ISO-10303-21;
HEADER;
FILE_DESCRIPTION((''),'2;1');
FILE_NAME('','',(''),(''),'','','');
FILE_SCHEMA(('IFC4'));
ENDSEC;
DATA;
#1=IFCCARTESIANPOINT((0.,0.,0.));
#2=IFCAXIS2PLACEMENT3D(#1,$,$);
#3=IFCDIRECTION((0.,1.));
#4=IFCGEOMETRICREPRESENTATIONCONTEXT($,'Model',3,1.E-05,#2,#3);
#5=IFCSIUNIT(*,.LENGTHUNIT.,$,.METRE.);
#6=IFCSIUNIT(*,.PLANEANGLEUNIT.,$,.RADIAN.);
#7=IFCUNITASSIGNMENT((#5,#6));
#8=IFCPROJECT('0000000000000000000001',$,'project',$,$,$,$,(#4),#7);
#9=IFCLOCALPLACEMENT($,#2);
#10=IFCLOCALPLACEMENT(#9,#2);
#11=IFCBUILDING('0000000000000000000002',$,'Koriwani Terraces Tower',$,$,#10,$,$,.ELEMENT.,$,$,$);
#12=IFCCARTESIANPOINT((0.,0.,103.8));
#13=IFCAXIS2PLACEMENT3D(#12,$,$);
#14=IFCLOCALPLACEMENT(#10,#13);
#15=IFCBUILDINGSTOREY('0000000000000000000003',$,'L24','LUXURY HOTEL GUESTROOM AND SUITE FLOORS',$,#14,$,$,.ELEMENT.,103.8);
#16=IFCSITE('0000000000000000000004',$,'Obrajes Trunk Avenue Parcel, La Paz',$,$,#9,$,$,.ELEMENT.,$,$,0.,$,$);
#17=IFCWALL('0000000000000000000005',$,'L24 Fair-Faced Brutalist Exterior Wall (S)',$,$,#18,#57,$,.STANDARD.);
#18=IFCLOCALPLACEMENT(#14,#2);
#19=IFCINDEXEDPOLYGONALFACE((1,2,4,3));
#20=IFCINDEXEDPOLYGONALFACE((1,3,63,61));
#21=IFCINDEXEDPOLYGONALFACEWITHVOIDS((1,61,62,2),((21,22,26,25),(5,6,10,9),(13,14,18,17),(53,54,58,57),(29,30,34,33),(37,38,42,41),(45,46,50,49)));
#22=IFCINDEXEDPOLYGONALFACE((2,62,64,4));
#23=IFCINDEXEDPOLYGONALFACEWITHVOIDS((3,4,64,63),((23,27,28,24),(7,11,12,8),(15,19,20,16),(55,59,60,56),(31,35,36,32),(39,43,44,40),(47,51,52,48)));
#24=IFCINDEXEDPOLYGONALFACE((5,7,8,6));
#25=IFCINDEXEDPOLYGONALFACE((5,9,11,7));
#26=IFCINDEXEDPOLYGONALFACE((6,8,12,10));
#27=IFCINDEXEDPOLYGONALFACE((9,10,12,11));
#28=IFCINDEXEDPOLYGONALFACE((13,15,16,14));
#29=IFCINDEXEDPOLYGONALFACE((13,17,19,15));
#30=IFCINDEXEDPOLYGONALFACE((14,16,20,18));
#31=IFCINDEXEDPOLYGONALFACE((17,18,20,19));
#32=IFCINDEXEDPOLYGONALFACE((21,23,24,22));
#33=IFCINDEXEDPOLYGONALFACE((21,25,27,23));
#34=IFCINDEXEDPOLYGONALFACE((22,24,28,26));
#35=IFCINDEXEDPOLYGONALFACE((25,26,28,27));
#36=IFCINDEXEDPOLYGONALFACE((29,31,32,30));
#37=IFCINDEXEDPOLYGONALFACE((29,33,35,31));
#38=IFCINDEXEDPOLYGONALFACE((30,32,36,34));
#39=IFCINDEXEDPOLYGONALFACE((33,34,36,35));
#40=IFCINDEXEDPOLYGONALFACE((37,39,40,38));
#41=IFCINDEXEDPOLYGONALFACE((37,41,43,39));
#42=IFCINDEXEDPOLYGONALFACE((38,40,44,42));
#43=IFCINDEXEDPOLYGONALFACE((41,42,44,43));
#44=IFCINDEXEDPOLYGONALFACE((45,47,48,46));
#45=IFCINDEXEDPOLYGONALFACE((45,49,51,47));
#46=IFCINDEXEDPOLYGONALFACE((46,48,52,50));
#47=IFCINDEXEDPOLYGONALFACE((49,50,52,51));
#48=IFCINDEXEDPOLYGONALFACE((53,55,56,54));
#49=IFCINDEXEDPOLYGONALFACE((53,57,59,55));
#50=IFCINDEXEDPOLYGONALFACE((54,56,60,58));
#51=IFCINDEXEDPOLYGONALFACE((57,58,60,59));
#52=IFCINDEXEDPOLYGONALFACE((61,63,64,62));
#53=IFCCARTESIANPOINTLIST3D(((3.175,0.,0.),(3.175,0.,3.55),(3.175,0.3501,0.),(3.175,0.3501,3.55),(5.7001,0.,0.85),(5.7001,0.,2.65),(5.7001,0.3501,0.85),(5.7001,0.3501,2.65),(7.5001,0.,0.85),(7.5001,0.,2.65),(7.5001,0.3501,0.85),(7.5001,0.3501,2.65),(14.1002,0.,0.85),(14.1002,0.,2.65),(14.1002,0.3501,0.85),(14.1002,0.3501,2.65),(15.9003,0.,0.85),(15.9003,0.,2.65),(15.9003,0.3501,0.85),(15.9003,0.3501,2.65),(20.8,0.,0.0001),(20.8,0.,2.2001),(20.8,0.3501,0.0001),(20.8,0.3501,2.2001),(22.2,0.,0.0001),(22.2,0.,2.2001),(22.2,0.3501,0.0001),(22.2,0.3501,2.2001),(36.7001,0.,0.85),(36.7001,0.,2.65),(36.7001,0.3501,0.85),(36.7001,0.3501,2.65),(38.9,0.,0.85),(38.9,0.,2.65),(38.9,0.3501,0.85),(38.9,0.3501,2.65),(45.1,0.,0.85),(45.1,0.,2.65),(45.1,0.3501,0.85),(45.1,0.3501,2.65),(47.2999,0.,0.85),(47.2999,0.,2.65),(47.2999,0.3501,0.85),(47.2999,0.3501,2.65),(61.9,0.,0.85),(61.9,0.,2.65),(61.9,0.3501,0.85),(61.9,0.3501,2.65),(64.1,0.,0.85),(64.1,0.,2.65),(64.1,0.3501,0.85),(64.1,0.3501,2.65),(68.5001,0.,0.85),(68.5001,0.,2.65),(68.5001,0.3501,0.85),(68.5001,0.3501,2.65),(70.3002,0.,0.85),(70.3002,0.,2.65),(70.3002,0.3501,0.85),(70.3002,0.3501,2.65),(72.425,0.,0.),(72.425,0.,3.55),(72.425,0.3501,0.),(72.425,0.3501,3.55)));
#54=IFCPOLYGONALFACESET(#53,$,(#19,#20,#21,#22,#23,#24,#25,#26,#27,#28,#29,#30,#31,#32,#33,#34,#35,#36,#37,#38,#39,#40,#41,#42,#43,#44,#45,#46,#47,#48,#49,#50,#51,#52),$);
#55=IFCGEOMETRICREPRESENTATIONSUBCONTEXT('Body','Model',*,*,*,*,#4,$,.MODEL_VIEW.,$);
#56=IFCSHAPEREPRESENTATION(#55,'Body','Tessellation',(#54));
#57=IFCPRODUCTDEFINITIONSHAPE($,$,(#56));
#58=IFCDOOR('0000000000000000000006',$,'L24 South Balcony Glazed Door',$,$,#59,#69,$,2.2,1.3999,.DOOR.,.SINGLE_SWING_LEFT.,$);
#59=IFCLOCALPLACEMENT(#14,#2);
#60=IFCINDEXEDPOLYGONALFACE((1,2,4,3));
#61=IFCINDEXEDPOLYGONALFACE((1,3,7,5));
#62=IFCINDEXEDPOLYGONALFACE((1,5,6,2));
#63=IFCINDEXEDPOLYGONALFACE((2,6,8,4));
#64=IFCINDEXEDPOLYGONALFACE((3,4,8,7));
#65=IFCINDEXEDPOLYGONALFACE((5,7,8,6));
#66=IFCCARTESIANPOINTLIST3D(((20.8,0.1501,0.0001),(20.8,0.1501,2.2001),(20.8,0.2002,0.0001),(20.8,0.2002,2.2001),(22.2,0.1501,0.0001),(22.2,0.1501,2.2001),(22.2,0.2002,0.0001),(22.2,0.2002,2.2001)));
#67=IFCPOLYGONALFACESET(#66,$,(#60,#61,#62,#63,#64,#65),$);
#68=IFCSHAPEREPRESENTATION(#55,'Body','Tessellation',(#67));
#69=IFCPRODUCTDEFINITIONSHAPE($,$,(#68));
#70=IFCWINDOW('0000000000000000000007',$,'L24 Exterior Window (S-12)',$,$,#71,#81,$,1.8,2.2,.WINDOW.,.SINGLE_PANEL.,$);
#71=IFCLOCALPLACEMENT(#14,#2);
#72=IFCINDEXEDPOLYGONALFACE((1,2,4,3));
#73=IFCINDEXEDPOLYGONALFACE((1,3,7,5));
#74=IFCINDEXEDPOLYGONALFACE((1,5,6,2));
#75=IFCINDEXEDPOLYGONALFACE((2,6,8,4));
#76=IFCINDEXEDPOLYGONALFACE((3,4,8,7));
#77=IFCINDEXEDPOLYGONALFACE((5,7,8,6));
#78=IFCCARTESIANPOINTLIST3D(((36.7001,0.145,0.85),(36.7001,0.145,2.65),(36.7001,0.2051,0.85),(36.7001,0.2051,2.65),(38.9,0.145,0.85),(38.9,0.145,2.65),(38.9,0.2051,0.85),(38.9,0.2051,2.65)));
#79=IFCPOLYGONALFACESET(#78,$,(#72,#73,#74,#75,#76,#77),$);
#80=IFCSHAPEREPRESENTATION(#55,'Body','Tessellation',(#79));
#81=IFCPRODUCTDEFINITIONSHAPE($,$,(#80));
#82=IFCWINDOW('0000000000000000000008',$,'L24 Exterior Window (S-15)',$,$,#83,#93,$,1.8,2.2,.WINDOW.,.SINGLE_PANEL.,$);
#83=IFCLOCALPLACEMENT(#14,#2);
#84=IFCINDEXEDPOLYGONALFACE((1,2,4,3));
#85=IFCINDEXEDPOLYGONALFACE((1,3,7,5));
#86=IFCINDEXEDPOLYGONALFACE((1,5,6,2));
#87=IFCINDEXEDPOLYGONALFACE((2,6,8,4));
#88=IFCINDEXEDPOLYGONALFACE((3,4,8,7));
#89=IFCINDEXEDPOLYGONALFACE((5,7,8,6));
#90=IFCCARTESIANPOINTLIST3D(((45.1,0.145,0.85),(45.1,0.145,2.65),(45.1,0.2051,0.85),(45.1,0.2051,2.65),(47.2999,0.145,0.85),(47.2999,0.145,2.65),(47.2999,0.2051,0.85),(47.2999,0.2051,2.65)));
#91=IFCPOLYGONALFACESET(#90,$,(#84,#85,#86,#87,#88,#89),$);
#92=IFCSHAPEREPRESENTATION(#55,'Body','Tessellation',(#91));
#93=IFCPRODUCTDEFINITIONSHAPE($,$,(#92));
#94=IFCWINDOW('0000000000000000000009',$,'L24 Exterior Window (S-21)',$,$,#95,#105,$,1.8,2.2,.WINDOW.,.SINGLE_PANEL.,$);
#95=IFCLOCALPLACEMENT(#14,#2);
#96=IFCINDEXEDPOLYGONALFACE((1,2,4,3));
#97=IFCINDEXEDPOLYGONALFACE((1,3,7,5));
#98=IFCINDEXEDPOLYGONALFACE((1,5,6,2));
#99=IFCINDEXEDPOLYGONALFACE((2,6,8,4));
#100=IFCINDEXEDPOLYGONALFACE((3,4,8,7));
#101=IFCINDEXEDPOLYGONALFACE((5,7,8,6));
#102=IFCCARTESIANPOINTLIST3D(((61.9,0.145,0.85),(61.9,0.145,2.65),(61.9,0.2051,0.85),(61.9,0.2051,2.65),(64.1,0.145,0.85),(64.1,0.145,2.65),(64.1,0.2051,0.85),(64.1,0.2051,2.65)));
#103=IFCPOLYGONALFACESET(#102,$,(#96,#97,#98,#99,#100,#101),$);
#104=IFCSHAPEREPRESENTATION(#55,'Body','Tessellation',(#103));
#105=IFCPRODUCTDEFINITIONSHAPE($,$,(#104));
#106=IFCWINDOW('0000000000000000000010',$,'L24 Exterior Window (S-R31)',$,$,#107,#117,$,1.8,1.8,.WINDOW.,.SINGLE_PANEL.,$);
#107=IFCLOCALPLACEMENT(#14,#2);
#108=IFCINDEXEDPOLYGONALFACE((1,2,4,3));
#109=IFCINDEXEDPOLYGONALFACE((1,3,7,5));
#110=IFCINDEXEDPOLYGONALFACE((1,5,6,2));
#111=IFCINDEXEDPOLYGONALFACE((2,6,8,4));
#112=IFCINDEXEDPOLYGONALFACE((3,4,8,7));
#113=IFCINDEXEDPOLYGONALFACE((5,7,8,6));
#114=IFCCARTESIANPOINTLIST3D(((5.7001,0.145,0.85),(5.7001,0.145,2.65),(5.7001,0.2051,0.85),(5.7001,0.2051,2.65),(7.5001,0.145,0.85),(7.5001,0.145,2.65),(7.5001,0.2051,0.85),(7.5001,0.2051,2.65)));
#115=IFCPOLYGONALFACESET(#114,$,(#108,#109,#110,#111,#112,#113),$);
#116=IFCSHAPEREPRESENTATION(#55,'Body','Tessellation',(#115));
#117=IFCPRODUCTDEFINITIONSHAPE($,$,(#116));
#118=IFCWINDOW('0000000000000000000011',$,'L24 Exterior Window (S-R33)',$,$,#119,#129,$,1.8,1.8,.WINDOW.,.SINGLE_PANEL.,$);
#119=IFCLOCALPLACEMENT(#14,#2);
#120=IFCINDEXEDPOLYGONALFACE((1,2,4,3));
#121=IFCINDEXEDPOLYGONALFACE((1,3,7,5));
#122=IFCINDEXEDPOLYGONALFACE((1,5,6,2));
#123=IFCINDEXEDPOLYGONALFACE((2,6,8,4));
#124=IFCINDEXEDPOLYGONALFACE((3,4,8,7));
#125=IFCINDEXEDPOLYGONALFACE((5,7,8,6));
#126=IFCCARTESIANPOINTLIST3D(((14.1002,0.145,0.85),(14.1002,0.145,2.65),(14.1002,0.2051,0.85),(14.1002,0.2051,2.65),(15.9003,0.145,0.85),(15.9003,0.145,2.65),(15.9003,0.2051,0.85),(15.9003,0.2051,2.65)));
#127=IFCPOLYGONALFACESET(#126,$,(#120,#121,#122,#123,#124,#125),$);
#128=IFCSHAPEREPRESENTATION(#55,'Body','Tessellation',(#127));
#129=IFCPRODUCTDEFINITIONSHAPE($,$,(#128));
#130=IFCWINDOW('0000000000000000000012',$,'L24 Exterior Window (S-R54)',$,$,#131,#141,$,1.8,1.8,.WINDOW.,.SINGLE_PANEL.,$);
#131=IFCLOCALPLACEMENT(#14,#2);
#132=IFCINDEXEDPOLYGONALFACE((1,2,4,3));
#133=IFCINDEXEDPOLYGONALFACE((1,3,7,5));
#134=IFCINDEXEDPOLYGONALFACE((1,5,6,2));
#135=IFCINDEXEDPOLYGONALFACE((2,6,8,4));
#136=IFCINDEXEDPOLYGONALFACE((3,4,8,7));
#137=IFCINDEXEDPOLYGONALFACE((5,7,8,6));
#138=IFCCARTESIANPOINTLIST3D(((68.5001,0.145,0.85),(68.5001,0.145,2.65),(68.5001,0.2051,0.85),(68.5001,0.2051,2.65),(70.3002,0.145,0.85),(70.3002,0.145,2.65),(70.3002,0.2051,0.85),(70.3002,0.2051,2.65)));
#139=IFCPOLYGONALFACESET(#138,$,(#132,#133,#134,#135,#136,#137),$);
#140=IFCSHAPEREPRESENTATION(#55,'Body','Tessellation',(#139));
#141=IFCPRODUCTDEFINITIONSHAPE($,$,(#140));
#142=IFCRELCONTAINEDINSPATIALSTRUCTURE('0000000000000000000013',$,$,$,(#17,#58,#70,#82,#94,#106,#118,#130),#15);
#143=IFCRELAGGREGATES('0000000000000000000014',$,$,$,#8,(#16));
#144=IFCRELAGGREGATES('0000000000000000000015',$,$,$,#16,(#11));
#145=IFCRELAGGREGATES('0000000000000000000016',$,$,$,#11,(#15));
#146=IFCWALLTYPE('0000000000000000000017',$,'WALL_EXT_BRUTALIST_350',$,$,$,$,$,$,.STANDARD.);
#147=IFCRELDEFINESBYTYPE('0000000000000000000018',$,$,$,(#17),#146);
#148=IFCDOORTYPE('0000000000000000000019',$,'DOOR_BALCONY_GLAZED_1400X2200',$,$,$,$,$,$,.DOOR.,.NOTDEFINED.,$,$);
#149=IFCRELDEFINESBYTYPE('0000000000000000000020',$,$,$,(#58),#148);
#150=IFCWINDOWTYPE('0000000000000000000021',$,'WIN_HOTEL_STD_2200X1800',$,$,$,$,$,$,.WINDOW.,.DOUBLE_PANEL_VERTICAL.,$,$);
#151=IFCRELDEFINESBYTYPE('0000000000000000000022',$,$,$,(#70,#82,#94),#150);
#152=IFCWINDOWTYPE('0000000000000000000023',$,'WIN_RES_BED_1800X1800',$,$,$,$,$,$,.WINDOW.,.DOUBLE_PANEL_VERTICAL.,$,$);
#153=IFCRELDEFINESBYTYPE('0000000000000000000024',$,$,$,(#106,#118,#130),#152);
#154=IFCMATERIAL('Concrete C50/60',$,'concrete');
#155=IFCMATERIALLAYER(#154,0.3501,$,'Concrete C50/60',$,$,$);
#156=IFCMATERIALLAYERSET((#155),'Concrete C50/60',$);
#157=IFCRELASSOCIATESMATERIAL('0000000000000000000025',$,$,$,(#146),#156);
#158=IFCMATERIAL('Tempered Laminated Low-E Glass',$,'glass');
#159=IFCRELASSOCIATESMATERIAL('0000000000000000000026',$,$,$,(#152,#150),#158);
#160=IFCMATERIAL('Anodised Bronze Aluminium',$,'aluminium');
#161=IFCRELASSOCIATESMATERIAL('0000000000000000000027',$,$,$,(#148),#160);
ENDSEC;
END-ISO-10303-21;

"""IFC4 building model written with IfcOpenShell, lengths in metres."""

from ifc_helpers import new_model, si_unit, direction, frame, frame_2d, origin, place, context, subcontext, project, spatial, rectangle, extrude, material, layer, layer_set, type_object, element, fill, save


model = new_model("IFC4")

# Units and contexts
model_context = context("Model", 3, precision=1e-05, world=origin(), true_north=direction((0.0, 1.0)))
body_context = subcontext(model_context, "Body", "Model", "MODEL_VIEW")
ifc_project = project(units=[si_unit("LENGTHUNIT", "METRE"), si_unit("PLANEANGLEUNIT", "RADIAN")], contexts=[model_context])

# Site, building, storey
site_placement = place(None, origin())
site = spatial("IfcSite", under=ifc_project, at=site_placement, Name="Obrajes Trunk Avenue Parcel, La Paz", CompositionType="ELEMENT", RefElevation=0.0)
building_placement = place(site_placement, origin())
building = spatial("IfcBuilding", under=site, at=building_placement, Name="Koriwani Terraces Tower", CompositionType="ELEMENT")
storey_placement = place(building_placement, frame((0.0, 0.0, 103.8)))
storey = spatial("IfcBuildingStorey", under=building, at=storey_placement, Name="L24", Description="LUXURY HOTEL GUESTROOM AND SUITE FLOORS", CompositionType="ELEMENT", Elevation=103.8)

# Shared definitions
ifc_material_1 = material(Name="Anodised Bronze Aluminium", Category="aluminium")
ifc_material_2 = material(Name="Tempered Laminated Low-E Glass", Category="glass")

# Shared definitions
ifc_material_3 = material(Name="Concrete C50/60", Category="concrete")
ifc_layer_1 = layer(ifc_material_3, 0.3501, Name="Concrete C50/60")
ifc_layer_set_1 = layer_set([ifc_layer_1], Name="Concrete C50/60")
wall_type = type_object("IfcWallType", Name="WALL_EXT_BRUTALIST_350", PredefinedType="STANDARD", material=ifc_layer_set_1)

# Shared definitions
window_type_1 = type_object("IfcWindowType", Name="WIN_RES_BED_1800X1800", PartitioningType="DOUBLE_PANEL_VERTICAL", PredefinedType="WINDOW", material=ifc_material_2)

# Wall, openings, door, windows
wall_1_placement = place(storey_placement, frame((72.425, 0.175, 0.0), z_axis=(0.0, 0.0, 1.0), x_axis=(-1.0, 0.0, 0.0)))
wall_1 = element("IfcWall", 1, at=wall_1_placement, inside=storey, type_object=wall_type, Name="L24 Fair-Faced Brutalist Exterior Wall (S)", PredefinedType="STANDARD", context=body_context, shape_type="SweptSolid", body=[
    extrude(rectangle(XDim=69.25, YDim=0.3501, at=frame_2d((34.625, 0.0))), origin(), (0.0, 0.0, 1.0), 3.55),
])
opening_1_placement = place(wall_1_placement, frame((50.2251, 0.0, 0.0)))
opening_1 = element("IfcOpeningElement", 2, at=opening_1_placement, cuts=wall_1, PredefinedType="OPENING", context=body_context, shape_type="SweptSolid", body=[
    extrude(rectangle(XDim=1.3999, YDim=2.2, at=frame_2d((0.7, 1.1001))), frame((0.0, 0.1851, 0.0), z_axis=(0.0, -1.0, 0.0), x_axis=(1.0, 0.0, 0.0)), (0.0, 0.0, 1.0), 0.3701),
])
opening_2_placement = place(wall_1_placement, frame((33.5249, 0.0, 0.8501)))
opening_2 = element("IfcOpeningElement", 3, at=opening_2_placement, cuts=wall_1, PredefinedType="OPENING", context=body_context, shape_type="SweptSolid", body=[
    extrude(rectangle(XDim=2.2, YDim=1.8, at=frame_2d((1.1001, 0.8999))), frame((0.0, 0.1851, 0.0), z_axis=(0.0, -1.0, 0.0), x_axis=(1.0, 0.0, 0.0)), (0.0, 0.0, 1.0), 0.3701),
])
opening_3_placement = place(wall_1_placement, frame((25.125, 0.0, 0.8501)))
opening_3 = element("IfcOpeningElement", 4, at=opening_3_placement, cuts=wall_1, PredefinedType="OPENING", context=body_context, shape_type="SweptSolid", body=[
    extrude(rectangle(XDim=2.2, YDim=1.8, at=frame_2d((1.1001, 0.8999))), frame((0.0, 0.1851, 0.0), z_axis=(0.0, -1.0, 0.0), x_axis=(1.0, 0.0, 0.0)), (0.0, 0.0, 1.0), 0.3701),
])
opening_4_placement = place(wall_1_placement, frame((8.325, 0.0, 0.8501)))
opening_4 = element("IfcOpeningElement", 5, at=opening_4_placement, cuts=wall_1, PredefinedType="OPENING", context=body_context, shape_type="SweptSolid", body=[
    extrude(rectangle(XDim=2.2, YDim=1.8, at=frame_2d((1.1001, 0.8999))), frame((0.0, 0.1851, 0.0), z_axis=(0.0, -1.0, 0.0), x_axis=(1.0, 0.0, 0.0)), (0.0, 0.0, 1.0), 0.3701),
])
opening_5_placement = place(wall_1_placement, frame((64.925, 0.0, 0.8501)))
opening_5 = element("IfcOpeningElement", 6, at=opening_5_placement, cuts=wall_1, PredefinedType="OPENING", context=body_context, shape_type="SweptSolid", body=[
    extrude(rectangle(XDim=1.8, YDim=1.8, at=frame_2d((0.8999, 0.8999))), frame((0.0, 0.1851, 0.0), z_axis=(0.0, -1.0, 0.0), x_axis=(1.0, 0.0, 0.0)), (0.0, 0.0, 1.0), 0.3701),
])
opening_6_placement = place(wall_1_placement, frame((56.5249, 0.0, 0.8501)))
opening_6 = element("IfcOpeningElement", 7, at=opening_6_placement, cuts=wall_1, PredefinedType="OPENING", context=body_context, shape_type="SweptSolid", body=[
    extrude(rectangle(XDim=1.8, YDim=1.8, at=frame_2d((0.8999, 0.8999))), frame((0.0, 0.1851, 0.0), z_axis=(0.0, -1.0, 0.0), x_axis=(1.0, 0.0, 0.0)), (0.0, 0.0, 1.0), 0.3701),
])
opening_7_placement = place(wall_1_placement, frame((2.125, 0.0, 0.8501)))
opening_7 = element("IfcOpeningElement", 8, at=opening_7_placement, cuts=wall_1, PredefinedType="OPENING", context=body_context, shape_type="SweptSolid", body=[
    extrude(rectangle(XDim=1.8, YDim=1.8, at=frame_2d((0.8999, 0.8999))), frame((0.0, 0.1851, 0.0), z_axis=(0.0, -1.0, 0.0), x_axis=(1.0, 0.0, 0.0)), (0.0, 0.0, 1.0), 0.3701),
])
door_type = type_object("IfcDoorType", Name="DOOR_BALCONY_GLAZED_1400X2200", OperationType="NOTDEFINED", PredefinedType="DOOR", material=ifc_material_1)
door_placement = place(opening_1_placement, origin())
door = element("IfcDoor", 9, at=door_placement, inside=storey, type_object=door_type, Name="L24 South Balcony Glazed Door", OperationType="SINGLE_SWING_LEFT", OverallHeight=2.2, OverallWidth=1.3999, PredefinedType="DOOR", context=body_context, shape_type="SweptSolid", body=[
    extrude(rectangle(XDim=1.3999, YDim=2.2, at=frame_2d((0.7, 1.1001))), frame((0.0, 0.0249, 0.0), z_axis=(0.0, -1.0, 0.0), x_axis=(1.0, 0.0, 0.0)), (0.0, 0.0, 1.0), 0.05),
])
fill(opening_1, door)
window_type_2 = type_object("IfcWindowType", Name="WIN_HOTEL_STD_2200X1800", PartitioningType="DOUBLE_PANEL_VERTICAL", PredefinedType="WINDOW", material=ifc_material_2)
window_1_placement = place(opening_2_placement, origin())
window_1 = element("IfcWindow", 10, at=window_1_placement, inside=storey, type_object=window_type_2, Name="L24 Exterior Window (S-12)", OverallHeight=1.8, OverallWidth=2.2, PartitioningType="SINGLE_PANEL", PredefinedType="WINDOW", context=body_context, shape_type="SweptSolid", body=[
    extrude(rectangle(XDim=2.2, YDim=1.8, at=frame_2d((1.1001, 0.8999))), frame((0.0, 0.03, 0.0), z_axis=(0.0, -1.0, 0.0), x_axis=(1.0, 0.0, 0.0)), (0.0, 0.0, 1.0), 0.0601),
])
fill(opening_2, window_1)
window_2_placement = place(opening_3_placement, origin())
window_2 = element("IfcWindow", 11, at=window_2_placement, inside=storey, type_object=window_type_2, Name="L24 Exterior Window (S-15)", OverallHeight=1.8, OverallWidth=2.2, PartitioningType="SINGLE_PANEL", PredefinedType="WINDOW", context=body_context, shape_type="SweptSolid", body=[
    extrude(rectangle(XDim=2.2, YDim=1.8, at=frame_2d((1.1001, 0.8999))), frame((0.0, 0.03, 0.0), z_axis=(0.0, -1.0, 0.0), x_axis=(1.0, 0.0, 0.0)), (0.0, 0.0, 1.0), 0.0601),
])
fill(opening_3, window_2)
window_3_placement = place(opening_4_placement, origin())
window_3 = element("IfcWindow", 12, at=window_3_placement, inside=storey, type_object=window_type_2, Name="L24 Exterior Window (S-21)", OverallHeight=1.8, OverallWidth=2.2, PartitioningType="SINGLE_PANEL", PredefinedType="WINDOW", context=body_context, shape_type="SweptSolid", body=[
    extrude(rectangle(XDim=2.2, YDim=1.8, at=frame_2d((1.1001, 0.8999))), frame((0.0, 0.03, 0.0), z_axis=(0.0, -1.0, 0.0), x_axis=(1.0, 0.0, 0.0)), (0.0, 0.0, 1.0), 0.0601),
])
fill(opening_4, window_3)
window_4_placement = place(opening_5_placement, origin())
window_4 = element("IfcWindow", 13, at=window_4_placement, inside=storey, type_object=window_type_1, Name="L24 Exterior Window (S-R31)", OverallHeight=1.8, OverallWidth=1.8, PartitioningType="SINGLE_PANEL", PredefinedType="WINDOW", context=body_context, shape_type="SweptSolid", body=[
    extrude(rectangle(XDim=1.8, YDim=1.8, at=frame_2d((0.8999, 0.8999))), frame((0.0, 0.03, 0.0), z_axis=(0.0, -1.0, 0.0), x_axis=(1.0, 0.0, 0.0)), (0.0, 0.0, 1.0), 0.0601),
])
fill(opening_5, window_4)
window_5_placement = place(opening_6_placement, origin())
window_5 = element("IfcWindow", 14, at=window_5_placement, inside=storey, type_object=window_type_1, Name="L24 Exterior Window (S-R33)", OverallHeight=1.8, OverallWidth=1.8, PartitioningType="SINGLE_PANEL", PredefinedType="WINDOW", context=body_context, shape_type="SweptSolid", body=[
    extrude(rectangle(XDim=1.8, YDim=1.8, at=frame_2d((0.8999, 0.8999))), frame((0.0, 0.03, 0.0), z_axis=(0.0, -1.0, 0.0), x_axis=(1.0, 0.0, 0.0)), (0.0, 0.0, 1.0), 0.0601),
])
fill(opening_6, window_5)
window_6_placement = place(opening_7_placement, origin())
window_6 = element("IfcWindow", 15, at=window_6_placement, inside=storey, type_object=window_type_1, Name="L24 Exterior Window (S-R54)", OverallHeight=1.8, OverallWidth=1.8, PartitioningType="SINGLE_PANEL", PredefinedType="WINDOW", context=body_context, shape_type="SweptSolid", body=[
    extrude(rectangle(XDim=1.8, YDim=1.8, at=frame_2d((0.8999, 0.8999))), frame((0.0, 0.03, 0.0), z_axis=(0.0, -1.0, 0.0), x_axis=(1.0, 0.0, 0.0)), (0.0, 0.0, 1.0), 0.0601),
])
fill(opening_7, window_6)

save(model, "model.ifc")
